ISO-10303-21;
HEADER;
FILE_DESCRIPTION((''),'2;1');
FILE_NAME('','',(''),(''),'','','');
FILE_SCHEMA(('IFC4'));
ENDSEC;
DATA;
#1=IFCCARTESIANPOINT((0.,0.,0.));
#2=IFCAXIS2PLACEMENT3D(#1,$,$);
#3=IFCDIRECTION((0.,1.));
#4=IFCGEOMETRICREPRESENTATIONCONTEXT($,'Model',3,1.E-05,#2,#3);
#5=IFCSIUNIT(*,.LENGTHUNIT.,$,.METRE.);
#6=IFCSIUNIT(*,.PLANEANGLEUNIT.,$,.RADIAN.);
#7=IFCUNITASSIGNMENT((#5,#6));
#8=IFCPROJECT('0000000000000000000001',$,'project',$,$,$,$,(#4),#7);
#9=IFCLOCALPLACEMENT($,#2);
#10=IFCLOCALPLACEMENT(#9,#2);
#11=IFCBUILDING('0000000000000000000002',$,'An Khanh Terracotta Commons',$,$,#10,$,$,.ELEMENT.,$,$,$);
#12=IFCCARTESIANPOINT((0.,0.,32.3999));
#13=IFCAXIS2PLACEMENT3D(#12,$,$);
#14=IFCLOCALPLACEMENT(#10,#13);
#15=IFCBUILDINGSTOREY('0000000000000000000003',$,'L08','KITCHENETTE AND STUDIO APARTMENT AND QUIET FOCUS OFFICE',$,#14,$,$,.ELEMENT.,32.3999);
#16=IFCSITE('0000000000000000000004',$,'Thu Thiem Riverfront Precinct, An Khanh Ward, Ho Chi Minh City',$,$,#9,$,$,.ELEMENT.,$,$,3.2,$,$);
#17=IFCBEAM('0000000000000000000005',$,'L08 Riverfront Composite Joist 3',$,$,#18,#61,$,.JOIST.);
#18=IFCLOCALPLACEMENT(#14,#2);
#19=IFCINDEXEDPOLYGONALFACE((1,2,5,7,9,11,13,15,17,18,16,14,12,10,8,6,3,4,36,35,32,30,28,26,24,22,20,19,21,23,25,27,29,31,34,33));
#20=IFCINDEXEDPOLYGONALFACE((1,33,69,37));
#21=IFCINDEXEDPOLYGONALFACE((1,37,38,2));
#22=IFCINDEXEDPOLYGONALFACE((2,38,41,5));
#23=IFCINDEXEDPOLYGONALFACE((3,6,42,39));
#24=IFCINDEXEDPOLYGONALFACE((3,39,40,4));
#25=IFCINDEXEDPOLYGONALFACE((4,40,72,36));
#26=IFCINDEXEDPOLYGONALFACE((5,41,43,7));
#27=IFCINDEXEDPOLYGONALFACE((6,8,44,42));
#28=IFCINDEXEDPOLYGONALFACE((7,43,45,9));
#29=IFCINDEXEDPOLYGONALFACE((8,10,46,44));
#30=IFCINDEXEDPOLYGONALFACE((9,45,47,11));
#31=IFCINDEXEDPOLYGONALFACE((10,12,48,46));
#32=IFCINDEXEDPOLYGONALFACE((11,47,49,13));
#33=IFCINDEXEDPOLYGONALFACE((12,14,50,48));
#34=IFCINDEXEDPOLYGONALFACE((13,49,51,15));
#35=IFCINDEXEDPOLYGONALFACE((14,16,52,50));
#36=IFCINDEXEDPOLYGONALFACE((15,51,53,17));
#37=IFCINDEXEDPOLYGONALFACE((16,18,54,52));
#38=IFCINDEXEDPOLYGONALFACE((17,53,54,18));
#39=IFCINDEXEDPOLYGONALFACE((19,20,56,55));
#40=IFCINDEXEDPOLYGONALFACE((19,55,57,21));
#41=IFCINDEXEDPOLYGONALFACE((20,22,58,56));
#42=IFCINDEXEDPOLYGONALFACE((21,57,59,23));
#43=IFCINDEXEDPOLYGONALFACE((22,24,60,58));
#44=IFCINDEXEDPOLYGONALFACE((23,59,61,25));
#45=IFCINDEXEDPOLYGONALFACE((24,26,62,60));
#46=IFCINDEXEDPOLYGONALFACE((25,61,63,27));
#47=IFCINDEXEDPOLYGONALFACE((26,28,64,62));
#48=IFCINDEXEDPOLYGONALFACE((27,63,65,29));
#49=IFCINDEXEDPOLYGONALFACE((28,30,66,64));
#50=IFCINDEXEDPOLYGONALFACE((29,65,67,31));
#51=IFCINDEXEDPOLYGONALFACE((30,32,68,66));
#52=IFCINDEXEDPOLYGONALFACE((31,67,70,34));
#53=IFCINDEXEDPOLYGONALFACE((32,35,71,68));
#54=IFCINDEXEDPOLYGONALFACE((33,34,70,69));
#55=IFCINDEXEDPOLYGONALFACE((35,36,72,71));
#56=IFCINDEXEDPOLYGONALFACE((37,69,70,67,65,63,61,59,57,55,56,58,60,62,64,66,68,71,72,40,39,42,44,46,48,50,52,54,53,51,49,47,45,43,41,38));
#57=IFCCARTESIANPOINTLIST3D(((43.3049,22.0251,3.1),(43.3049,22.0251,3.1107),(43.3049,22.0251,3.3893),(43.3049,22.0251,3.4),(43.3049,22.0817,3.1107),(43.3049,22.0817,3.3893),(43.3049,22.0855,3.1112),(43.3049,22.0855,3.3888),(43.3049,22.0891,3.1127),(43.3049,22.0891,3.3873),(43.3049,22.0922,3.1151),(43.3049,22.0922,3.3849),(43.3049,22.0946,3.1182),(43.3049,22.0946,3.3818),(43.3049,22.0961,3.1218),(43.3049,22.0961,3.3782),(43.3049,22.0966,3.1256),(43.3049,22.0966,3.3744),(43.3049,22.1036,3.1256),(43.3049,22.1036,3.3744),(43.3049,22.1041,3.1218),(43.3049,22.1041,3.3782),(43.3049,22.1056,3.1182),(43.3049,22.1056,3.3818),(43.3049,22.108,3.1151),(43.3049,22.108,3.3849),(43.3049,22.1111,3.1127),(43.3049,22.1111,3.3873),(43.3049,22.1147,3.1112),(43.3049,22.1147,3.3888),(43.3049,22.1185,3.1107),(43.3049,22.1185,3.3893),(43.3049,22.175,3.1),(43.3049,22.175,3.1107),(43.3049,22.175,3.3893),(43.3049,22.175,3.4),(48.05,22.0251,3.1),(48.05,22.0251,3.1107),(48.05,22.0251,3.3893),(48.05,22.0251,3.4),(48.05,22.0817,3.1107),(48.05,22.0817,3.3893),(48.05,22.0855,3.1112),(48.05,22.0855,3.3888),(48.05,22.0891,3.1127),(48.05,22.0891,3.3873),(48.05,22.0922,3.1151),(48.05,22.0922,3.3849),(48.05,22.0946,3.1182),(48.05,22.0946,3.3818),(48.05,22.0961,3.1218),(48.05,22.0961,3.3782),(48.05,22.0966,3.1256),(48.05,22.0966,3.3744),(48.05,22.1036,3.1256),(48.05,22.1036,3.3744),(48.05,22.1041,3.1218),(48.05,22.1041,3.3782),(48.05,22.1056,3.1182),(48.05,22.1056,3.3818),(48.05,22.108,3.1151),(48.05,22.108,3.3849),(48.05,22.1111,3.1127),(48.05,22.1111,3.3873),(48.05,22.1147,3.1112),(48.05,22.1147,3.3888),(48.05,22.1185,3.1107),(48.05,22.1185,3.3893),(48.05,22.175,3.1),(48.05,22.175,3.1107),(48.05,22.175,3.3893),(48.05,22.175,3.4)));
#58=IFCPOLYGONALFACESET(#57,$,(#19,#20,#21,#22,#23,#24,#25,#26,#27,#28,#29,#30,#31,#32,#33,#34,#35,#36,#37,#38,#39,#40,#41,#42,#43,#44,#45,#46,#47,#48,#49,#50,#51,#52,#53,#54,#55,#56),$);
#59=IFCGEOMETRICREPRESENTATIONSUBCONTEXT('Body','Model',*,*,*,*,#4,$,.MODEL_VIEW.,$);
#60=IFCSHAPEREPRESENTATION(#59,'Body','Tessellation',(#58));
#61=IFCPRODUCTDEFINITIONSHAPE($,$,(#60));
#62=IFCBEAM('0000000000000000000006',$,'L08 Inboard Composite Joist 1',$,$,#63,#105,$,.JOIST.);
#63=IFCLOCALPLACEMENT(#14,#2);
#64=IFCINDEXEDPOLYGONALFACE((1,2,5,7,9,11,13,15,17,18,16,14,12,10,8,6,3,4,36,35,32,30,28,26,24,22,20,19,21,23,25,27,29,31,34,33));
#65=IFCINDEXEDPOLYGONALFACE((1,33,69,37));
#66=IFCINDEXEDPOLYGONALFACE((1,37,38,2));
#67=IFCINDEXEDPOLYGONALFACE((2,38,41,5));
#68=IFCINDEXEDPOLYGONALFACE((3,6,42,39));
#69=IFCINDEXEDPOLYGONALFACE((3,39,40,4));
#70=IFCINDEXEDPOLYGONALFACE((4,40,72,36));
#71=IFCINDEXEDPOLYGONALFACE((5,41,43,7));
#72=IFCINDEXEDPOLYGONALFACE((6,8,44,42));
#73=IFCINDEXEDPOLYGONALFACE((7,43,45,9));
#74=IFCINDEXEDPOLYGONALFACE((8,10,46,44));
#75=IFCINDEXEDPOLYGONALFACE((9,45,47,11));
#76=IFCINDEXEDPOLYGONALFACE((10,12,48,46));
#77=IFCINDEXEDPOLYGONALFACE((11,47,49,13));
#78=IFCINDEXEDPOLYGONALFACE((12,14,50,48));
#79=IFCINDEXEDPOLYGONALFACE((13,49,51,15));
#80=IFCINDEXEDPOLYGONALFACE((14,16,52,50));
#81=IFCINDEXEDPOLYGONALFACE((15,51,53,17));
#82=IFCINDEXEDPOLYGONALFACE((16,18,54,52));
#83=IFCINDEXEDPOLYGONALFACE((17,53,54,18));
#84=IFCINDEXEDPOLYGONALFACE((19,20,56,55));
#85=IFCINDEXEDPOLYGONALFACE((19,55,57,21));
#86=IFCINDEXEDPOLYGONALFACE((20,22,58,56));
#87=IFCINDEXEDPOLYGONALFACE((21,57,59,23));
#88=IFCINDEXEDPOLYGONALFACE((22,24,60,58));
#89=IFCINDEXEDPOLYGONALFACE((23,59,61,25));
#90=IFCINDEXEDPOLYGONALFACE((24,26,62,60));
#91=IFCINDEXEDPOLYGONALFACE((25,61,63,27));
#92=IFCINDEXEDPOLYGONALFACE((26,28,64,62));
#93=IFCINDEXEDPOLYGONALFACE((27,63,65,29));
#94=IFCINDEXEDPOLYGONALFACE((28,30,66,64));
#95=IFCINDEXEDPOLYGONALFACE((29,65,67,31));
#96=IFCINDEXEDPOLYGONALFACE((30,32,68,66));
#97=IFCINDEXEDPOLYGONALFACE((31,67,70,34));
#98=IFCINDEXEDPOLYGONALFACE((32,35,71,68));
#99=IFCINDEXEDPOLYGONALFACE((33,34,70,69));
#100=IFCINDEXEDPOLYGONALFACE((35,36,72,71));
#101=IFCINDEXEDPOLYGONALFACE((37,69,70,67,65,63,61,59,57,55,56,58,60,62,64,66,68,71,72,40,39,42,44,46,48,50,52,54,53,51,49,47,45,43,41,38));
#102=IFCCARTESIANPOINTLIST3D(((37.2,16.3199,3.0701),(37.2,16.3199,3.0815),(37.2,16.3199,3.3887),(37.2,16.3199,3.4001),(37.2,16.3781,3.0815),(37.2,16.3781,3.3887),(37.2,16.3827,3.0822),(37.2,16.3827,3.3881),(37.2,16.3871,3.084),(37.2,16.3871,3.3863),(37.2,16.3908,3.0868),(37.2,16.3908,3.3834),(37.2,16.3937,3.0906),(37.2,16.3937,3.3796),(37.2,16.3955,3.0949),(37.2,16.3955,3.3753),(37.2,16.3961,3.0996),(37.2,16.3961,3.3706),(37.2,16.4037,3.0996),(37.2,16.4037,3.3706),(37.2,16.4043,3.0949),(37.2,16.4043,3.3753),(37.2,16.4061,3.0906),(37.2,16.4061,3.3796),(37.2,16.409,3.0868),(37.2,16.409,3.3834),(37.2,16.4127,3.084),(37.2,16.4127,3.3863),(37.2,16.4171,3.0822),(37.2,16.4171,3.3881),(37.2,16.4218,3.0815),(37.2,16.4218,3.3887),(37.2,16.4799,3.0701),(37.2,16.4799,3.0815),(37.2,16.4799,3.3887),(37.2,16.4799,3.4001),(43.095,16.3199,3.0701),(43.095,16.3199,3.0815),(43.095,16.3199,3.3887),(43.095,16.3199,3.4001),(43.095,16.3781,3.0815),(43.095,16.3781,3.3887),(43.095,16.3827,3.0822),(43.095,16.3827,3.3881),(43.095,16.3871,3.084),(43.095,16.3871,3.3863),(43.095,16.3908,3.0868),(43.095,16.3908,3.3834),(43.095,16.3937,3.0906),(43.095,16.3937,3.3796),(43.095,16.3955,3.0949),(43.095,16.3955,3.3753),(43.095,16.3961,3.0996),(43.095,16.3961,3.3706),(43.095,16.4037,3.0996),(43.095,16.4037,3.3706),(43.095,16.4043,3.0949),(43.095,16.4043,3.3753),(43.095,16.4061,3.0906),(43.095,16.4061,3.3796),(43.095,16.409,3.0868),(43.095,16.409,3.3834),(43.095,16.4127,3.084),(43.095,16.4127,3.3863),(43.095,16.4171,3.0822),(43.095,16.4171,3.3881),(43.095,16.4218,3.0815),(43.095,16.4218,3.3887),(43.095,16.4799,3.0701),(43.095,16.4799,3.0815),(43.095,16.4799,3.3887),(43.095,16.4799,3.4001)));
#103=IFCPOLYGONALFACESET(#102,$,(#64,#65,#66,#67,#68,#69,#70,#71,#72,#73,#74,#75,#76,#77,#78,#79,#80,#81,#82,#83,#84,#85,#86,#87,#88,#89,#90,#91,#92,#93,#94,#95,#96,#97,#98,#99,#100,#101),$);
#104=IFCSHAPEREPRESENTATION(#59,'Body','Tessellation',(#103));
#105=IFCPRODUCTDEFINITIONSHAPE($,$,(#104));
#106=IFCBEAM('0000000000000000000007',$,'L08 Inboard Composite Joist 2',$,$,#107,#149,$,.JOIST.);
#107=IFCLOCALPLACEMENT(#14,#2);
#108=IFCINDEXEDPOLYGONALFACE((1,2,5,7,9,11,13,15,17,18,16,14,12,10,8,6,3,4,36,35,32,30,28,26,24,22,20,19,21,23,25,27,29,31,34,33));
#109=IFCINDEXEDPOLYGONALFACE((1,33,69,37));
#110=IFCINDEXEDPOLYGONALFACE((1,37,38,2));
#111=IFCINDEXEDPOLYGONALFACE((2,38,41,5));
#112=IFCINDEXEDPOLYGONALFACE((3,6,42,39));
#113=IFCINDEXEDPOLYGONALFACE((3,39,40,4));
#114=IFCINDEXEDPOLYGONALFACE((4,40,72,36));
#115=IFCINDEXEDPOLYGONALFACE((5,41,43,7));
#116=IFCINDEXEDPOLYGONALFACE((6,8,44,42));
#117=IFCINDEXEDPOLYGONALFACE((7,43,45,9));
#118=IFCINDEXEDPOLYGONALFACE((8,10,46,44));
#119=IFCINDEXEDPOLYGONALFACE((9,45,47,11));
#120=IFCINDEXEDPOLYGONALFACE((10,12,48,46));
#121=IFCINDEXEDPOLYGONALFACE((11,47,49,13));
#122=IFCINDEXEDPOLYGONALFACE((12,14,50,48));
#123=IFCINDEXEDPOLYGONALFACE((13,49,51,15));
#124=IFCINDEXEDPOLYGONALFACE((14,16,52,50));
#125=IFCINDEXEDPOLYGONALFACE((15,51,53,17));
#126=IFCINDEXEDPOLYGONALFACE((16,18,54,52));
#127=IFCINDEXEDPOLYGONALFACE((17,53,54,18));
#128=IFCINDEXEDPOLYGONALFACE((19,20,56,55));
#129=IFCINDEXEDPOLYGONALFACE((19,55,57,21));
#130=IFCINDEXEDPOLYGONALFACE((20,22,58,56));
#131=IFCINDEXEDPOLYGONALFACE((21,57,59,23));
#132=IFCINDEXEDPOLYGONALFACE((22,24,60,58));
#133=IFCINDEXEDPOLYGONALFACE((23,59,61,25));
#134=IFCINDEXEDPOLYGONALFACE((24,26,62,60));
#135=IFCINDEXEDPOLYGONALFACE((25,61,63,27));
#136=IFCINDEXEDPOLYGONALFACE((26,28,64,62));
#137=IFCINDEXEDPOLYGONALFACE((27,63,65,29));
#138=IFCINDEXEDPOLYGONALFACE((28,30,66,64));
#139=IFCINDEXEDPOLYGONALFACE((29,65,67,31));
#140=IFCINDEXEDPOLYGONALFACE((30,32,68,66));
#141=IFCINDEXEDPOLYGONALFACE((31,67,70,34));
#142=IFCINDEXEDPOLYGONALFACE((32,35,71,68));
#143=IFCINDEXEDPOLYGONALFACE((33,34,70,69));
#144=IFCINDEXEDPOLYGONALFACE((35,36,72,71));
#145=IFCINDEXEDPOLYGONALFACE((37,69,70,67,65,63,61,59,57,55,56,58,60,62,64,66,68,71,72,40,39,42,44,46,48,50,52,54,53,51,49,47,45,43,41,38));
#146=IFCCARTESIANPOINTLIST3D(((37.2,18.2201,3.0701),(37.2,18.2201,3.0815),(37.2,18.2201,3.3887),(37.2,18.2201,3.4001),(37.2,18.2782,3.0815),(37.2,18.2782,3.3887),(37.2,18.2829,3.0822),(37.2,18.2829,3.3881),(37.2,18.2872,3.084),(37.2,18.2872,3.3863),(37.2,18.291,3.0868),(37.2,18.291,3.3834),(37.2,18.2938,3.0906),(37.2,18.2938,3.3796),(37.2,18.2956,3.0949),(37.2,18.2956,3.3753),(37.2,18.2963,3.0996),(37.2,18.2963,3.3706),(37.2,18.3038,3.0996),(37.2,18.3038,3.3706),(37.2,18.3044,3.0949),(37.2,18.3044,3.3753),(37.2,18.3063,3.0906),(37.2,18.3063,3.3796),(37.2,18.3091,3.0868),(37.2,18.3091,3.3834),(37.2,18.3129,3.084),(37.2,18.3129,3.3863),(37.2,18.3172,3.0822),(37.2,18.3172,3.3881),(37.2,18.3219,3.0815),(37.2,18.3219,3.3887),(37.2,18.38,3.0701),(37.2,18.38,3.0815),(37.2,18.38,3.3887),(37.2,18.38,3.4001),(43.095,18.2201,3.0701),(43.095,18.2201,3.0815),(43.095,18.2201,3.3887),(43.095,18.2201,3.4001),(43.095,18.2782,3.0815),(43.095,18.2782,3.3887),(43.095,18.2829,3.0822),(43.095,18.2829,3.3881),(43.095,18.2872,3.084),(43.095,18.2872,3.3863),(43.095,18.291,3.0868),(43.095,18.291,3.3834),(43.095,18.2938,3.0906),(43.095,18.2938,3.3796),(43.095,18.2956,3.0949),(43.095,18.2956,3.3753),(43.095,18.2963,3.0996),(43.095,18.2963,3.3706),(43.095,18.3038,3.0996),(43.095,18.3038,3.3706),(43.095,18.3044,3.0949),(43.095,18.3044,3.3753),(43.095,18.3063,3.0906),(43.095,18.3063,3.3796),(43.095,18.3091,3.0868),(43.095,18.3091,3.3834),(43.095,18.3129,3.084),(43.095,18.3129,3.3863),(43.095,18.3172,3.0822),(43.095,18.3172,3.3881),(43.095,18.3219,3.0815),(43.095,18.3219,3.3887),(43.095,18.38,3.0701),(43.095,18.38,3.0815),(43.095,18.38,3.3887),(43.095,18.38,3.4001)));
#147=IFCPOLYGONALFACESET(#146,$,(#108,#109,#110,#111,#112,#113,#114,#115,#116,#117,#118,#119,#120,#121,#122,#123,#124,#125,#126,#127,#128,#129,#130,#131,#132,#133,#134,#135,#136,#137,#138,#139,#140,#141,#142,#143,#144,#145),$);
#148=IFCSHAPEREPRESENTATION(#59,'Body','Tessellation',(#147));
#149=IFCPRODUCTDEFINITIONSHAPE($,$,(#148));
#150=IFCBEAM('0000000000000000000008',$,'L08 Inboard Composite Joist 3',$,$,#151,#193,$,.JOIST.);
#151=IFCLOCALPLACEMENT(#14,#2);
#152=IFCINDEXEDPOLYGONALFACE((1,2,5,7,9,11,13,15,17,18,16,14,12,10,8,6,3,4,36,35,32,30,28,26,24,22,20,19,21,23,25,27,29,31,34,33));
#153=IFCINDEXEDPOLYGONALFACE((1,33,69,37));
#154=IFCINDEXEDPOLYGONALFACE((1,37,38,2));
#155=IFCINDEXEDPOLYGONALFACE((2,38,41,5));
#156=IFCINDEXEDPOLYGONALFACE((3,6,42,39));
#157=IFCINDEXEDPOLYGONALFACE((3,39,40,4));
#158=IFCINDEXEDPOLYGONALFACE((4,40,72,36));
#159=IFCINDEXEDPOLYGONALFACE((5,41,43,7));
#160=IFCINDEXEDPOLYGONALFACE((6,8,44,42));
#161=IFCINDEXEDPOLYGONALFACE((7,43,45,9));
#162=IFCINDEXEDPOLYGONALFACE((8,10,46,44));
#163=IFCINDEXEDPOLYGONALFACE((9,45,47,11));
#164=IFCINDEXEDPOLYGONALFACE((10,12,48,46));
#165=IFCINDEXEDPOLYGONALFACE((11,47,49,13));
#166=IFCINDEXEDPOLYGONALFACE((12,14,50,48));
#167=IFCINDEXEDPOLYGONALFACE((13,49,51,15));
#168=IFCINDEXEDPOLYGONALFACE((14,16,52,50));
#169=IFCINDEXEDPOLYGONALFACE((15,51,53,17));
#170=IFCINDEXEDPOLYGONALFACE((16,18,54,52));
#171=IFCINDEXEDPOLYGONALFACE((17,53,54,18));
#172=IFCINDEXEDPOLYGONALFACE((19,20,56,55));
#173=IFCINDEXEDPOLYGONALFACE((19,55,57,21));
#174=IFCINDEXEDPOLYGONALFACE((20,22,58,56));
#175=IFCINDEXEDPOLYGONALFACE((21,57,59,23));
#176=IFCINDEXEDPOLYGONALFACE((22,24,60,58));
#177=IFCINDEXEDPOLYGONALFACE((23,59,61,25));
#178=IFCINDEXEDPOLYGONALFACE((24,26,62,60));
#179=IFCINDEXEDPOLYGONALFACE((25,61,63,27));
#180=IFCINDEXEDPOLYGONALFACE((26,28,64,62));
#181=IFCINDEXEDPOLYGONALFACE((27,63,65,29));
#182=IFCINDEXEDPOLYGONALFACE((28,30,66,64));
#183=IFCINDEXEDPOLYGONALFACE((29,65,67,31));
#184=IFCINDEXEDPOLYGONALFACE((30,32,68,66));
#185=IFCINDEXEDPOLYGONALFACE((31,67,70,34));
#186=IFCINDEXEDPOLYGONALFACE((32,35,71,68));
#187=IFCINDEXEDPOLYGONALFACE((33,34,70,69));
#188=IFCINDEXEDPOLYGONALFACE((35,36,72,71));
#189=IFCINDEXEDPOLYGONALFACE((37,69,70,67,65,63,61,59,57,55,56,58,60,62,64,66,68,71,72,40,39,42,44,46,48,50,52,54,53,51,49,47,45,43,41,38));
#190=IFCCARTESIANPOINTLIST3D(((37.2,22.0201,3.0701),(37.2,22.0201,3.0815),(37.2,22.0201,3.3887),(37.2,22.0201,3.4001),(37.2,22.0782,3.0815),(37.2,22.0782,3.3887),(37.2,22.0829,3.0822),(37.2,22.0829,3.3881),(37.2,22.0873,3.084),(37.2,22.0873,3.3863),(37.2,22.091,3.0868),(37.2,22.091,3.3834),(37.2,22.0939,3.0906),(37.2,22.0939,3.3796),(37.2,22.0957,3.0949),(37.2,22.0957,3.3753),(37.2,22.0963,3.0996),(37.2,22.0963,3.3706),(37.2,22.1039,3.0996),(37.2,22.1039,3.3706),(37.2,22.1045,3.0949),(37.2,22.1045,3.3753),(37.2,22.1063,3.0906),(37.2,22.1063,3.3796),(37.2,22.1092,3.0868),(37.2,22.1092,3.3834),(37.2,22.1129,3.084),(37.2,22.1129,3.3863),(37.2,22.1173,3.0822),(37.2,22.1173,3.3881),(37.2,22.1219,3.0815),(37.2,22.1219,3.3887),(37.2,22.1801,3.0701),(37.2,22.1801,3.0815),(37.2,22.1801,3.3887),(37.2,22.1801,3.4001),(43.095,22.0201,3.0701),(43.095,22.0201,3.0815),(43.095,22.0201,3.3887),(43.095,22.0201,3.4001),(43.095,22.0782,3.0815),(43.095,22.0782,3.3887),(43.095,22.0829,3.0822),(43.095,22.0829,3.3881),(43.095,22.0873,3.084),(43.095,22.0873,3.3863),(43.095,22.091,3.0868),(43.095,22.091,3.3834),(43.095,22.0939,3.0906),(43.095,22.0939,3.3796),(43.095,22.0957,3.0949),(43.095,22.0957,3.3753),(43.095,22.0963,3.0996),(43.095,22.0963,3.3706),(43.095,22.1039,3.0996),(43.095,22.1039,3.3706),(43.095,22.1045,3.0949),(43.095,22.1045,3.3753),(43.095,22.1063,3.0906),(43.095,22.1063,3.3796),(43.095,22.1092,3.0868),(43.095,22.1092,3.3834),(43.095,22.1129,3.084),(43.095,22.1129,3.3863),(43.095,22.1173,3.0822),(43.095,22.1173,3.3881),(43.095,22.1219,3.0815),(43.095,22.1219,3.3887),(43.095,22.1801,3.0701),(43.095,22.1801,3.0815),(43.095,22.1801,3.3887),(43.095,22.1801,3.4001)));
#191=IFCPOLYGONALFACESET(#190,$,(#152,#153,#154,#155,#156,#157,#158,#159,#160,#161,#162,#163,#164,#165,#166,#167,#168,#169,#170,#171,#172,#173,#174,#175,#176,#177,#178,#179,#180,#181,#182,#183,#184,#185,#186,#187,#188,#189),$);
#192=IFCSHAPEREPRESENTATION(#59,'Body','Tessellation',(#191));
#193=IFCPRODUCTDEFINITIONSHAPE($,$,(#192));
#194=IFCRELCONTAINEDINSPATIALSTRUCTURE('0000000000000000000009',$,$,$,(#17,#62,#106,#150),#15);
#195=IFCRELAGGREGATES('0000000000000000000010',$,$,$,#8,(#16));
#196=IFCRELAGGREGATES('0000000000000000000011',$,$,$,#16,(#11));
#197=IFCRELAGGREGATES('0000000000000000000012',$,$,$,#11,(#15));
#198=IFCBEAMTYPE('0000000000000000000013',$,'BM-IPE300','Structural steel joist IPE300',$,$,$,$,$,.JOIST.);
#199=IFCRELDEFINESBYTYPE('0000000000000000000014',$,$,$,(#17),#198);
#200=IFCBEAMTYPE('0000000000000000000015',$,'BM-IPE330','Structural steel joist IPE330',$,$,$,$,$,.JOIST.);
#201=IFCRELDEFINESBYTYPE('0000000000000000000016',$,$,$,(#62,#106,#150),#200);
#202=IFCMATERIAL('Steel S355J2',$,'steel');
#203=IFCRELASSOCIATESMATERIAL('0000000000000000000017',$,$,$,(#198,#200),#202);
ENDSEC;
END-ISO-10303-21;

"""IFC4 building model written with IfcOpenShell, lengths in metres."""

from ifc_helpers import new_model, si_unit, direction, frame, origin, origin_2d, place, context, subcontext, project, spatial, i_section, extrude, material, material_profile, profile_set, type_object, element, save


model = new_model("IFC4")

# Units and contexts
model_context = context("Model", 3, precision=1e-05, world=origin(), true_north=direction((0.0, 1.0)))
body_context = subcontext(model_context, "Body", "Model", "MODEL_VIEW")
ifc_project = project(units=[si_unit("LENGTHUNIT", "METRE"), si_unit("PLANEANGLEUNIT", "RADIAN")], contexts=[model_context])

# Site, building, storey
site_placement = place(None, origin())
site = spatial("IfcSite", under=ifc_project, at=site_placement, Name="Thu Thiem Riverfront Precinct, An Khanh Ward, Ho Chi Minh City", CompositionType="ELEMENT", RefElevation=3.2)
building_placement = place(site_placement, origin())
building = spatial("IfcBuilding", under=site, at=building_placement, Name="An Khanh Terracotta Commons", CompositionType="ELEMENT")
storey_placement = place(building_placement, frame((0.0, 0.0, 32.3999)))
storey = spatial("IfcBuildingStorey", under=building, at=storey_placement, Name="L08", Description="KITCHENETTE AND STUDIO APARTMENT AND QUIET FOCUS OFFICE", CompositionType="ELEMENT", Elevation=32.3999)

# Beams
ifc_material_1 = material(Name="Steel S355J2", Category="steel")
ifc_material_profile_1 = material_profile(ifc_material_1, i_section(OverallWidth=0.1499, OverallDepth=0.3, WebThickness=0.0071, FlangeThickness=0.0107, FilletRadius=0.0149, at=origin_2d()), Name="IPE300")
ifc_profile_set_1 = profile_set([ifc_material_profile_1], Name="Steel S355J2")
beam_type_1 = type_object("IfcBeamType", Name="BM-IPE300", Description="Structural steel joist IPE300", PredefinedType="JOIST", material=ifc_profile_set_1)
for number, where, z_axis, x_axis, name in (
    (1, (43.3049, 22.1001, 3.25), (1.0, 0.0, 0.0), (0.0, 1.0, 0.0), "L08 Riverfront Composite Joist 3"),
):
    element("IfcBeam", number, at=place(storey_placement, frame(where, z_axis=z_axis, x_axis=x_axis)), inside=storey, type_object=beam_type_1, Name=name, PredefinedType="JOIST", context=body_context, shape_type="SweptSolid", body=[
        extrude(i_section(OverallWidth=0.1499, OverallDepth=0.3, WebThickness=0.0071, FlangeThickness=0.0107, FilletRadius=0.0149, at=origin_2d()), origin(), (0.0, 0.0, 1.0), 4.7451),
    ])
ifc_material_profile_2 = material_profile(ifc_material_1, i_section(OverallWidth=0.1599, OverallDepth=0.3301, WebThickness=0.0076, FlangeThickness=0.0115, FilletRadius=0.0181, at=origin_2d()), Name="IPE330")
ifc_profile_set_2 = profile_set([ifc_material_profile_2], Name="Steel S355J2")
beam_type_2 = type_object("IfcBeamType", Name="BM-IPE330", Description="Structural steel joist IPE330", PredefinedType="JOIST", material=ifc_profile_set_2)
for number, where, z_axis, x_axis, name in (
    (2, (37.2, 16.3999, 3.2351), (1.0, 0.0, 0.0), (0.0, 1.0, 0.0), "L08 Inboard Composite Joist 1"),
    (3, (37.2, 18.3, 3.2351), (1.0, 0.0, 0.0), (0.0, 1.0, 0.0), "L08 Inboard Composite Joist 2"),
    (4, (37.2, 22.1001, 3.2351), (1.0, 0.0, 0.0), (0.0, 1.0, 0.0), "L08 Inboard Composite Joist 3"),
):
    element("IfcBeam", number, at=place(storey_placement, frame(where, z_axis=z_axis, x_axis=x_axis)), inside=storey, type_object=beam_type_2, Name=name, PredefinedType="JOIST", context=body_context, shape_type="SweptSolid", body=[
        extrude(i_section(OverallWidth=0.1599, OverallDepth=0.3301, WebThickness=0.0076, FlangeThickness=0.0115, FilletRadius=0.0181, at=origin_2d()), origin(), (0.0, 0.0, 1.0), 5.895),
    ])

save(model, "model.ifc")
